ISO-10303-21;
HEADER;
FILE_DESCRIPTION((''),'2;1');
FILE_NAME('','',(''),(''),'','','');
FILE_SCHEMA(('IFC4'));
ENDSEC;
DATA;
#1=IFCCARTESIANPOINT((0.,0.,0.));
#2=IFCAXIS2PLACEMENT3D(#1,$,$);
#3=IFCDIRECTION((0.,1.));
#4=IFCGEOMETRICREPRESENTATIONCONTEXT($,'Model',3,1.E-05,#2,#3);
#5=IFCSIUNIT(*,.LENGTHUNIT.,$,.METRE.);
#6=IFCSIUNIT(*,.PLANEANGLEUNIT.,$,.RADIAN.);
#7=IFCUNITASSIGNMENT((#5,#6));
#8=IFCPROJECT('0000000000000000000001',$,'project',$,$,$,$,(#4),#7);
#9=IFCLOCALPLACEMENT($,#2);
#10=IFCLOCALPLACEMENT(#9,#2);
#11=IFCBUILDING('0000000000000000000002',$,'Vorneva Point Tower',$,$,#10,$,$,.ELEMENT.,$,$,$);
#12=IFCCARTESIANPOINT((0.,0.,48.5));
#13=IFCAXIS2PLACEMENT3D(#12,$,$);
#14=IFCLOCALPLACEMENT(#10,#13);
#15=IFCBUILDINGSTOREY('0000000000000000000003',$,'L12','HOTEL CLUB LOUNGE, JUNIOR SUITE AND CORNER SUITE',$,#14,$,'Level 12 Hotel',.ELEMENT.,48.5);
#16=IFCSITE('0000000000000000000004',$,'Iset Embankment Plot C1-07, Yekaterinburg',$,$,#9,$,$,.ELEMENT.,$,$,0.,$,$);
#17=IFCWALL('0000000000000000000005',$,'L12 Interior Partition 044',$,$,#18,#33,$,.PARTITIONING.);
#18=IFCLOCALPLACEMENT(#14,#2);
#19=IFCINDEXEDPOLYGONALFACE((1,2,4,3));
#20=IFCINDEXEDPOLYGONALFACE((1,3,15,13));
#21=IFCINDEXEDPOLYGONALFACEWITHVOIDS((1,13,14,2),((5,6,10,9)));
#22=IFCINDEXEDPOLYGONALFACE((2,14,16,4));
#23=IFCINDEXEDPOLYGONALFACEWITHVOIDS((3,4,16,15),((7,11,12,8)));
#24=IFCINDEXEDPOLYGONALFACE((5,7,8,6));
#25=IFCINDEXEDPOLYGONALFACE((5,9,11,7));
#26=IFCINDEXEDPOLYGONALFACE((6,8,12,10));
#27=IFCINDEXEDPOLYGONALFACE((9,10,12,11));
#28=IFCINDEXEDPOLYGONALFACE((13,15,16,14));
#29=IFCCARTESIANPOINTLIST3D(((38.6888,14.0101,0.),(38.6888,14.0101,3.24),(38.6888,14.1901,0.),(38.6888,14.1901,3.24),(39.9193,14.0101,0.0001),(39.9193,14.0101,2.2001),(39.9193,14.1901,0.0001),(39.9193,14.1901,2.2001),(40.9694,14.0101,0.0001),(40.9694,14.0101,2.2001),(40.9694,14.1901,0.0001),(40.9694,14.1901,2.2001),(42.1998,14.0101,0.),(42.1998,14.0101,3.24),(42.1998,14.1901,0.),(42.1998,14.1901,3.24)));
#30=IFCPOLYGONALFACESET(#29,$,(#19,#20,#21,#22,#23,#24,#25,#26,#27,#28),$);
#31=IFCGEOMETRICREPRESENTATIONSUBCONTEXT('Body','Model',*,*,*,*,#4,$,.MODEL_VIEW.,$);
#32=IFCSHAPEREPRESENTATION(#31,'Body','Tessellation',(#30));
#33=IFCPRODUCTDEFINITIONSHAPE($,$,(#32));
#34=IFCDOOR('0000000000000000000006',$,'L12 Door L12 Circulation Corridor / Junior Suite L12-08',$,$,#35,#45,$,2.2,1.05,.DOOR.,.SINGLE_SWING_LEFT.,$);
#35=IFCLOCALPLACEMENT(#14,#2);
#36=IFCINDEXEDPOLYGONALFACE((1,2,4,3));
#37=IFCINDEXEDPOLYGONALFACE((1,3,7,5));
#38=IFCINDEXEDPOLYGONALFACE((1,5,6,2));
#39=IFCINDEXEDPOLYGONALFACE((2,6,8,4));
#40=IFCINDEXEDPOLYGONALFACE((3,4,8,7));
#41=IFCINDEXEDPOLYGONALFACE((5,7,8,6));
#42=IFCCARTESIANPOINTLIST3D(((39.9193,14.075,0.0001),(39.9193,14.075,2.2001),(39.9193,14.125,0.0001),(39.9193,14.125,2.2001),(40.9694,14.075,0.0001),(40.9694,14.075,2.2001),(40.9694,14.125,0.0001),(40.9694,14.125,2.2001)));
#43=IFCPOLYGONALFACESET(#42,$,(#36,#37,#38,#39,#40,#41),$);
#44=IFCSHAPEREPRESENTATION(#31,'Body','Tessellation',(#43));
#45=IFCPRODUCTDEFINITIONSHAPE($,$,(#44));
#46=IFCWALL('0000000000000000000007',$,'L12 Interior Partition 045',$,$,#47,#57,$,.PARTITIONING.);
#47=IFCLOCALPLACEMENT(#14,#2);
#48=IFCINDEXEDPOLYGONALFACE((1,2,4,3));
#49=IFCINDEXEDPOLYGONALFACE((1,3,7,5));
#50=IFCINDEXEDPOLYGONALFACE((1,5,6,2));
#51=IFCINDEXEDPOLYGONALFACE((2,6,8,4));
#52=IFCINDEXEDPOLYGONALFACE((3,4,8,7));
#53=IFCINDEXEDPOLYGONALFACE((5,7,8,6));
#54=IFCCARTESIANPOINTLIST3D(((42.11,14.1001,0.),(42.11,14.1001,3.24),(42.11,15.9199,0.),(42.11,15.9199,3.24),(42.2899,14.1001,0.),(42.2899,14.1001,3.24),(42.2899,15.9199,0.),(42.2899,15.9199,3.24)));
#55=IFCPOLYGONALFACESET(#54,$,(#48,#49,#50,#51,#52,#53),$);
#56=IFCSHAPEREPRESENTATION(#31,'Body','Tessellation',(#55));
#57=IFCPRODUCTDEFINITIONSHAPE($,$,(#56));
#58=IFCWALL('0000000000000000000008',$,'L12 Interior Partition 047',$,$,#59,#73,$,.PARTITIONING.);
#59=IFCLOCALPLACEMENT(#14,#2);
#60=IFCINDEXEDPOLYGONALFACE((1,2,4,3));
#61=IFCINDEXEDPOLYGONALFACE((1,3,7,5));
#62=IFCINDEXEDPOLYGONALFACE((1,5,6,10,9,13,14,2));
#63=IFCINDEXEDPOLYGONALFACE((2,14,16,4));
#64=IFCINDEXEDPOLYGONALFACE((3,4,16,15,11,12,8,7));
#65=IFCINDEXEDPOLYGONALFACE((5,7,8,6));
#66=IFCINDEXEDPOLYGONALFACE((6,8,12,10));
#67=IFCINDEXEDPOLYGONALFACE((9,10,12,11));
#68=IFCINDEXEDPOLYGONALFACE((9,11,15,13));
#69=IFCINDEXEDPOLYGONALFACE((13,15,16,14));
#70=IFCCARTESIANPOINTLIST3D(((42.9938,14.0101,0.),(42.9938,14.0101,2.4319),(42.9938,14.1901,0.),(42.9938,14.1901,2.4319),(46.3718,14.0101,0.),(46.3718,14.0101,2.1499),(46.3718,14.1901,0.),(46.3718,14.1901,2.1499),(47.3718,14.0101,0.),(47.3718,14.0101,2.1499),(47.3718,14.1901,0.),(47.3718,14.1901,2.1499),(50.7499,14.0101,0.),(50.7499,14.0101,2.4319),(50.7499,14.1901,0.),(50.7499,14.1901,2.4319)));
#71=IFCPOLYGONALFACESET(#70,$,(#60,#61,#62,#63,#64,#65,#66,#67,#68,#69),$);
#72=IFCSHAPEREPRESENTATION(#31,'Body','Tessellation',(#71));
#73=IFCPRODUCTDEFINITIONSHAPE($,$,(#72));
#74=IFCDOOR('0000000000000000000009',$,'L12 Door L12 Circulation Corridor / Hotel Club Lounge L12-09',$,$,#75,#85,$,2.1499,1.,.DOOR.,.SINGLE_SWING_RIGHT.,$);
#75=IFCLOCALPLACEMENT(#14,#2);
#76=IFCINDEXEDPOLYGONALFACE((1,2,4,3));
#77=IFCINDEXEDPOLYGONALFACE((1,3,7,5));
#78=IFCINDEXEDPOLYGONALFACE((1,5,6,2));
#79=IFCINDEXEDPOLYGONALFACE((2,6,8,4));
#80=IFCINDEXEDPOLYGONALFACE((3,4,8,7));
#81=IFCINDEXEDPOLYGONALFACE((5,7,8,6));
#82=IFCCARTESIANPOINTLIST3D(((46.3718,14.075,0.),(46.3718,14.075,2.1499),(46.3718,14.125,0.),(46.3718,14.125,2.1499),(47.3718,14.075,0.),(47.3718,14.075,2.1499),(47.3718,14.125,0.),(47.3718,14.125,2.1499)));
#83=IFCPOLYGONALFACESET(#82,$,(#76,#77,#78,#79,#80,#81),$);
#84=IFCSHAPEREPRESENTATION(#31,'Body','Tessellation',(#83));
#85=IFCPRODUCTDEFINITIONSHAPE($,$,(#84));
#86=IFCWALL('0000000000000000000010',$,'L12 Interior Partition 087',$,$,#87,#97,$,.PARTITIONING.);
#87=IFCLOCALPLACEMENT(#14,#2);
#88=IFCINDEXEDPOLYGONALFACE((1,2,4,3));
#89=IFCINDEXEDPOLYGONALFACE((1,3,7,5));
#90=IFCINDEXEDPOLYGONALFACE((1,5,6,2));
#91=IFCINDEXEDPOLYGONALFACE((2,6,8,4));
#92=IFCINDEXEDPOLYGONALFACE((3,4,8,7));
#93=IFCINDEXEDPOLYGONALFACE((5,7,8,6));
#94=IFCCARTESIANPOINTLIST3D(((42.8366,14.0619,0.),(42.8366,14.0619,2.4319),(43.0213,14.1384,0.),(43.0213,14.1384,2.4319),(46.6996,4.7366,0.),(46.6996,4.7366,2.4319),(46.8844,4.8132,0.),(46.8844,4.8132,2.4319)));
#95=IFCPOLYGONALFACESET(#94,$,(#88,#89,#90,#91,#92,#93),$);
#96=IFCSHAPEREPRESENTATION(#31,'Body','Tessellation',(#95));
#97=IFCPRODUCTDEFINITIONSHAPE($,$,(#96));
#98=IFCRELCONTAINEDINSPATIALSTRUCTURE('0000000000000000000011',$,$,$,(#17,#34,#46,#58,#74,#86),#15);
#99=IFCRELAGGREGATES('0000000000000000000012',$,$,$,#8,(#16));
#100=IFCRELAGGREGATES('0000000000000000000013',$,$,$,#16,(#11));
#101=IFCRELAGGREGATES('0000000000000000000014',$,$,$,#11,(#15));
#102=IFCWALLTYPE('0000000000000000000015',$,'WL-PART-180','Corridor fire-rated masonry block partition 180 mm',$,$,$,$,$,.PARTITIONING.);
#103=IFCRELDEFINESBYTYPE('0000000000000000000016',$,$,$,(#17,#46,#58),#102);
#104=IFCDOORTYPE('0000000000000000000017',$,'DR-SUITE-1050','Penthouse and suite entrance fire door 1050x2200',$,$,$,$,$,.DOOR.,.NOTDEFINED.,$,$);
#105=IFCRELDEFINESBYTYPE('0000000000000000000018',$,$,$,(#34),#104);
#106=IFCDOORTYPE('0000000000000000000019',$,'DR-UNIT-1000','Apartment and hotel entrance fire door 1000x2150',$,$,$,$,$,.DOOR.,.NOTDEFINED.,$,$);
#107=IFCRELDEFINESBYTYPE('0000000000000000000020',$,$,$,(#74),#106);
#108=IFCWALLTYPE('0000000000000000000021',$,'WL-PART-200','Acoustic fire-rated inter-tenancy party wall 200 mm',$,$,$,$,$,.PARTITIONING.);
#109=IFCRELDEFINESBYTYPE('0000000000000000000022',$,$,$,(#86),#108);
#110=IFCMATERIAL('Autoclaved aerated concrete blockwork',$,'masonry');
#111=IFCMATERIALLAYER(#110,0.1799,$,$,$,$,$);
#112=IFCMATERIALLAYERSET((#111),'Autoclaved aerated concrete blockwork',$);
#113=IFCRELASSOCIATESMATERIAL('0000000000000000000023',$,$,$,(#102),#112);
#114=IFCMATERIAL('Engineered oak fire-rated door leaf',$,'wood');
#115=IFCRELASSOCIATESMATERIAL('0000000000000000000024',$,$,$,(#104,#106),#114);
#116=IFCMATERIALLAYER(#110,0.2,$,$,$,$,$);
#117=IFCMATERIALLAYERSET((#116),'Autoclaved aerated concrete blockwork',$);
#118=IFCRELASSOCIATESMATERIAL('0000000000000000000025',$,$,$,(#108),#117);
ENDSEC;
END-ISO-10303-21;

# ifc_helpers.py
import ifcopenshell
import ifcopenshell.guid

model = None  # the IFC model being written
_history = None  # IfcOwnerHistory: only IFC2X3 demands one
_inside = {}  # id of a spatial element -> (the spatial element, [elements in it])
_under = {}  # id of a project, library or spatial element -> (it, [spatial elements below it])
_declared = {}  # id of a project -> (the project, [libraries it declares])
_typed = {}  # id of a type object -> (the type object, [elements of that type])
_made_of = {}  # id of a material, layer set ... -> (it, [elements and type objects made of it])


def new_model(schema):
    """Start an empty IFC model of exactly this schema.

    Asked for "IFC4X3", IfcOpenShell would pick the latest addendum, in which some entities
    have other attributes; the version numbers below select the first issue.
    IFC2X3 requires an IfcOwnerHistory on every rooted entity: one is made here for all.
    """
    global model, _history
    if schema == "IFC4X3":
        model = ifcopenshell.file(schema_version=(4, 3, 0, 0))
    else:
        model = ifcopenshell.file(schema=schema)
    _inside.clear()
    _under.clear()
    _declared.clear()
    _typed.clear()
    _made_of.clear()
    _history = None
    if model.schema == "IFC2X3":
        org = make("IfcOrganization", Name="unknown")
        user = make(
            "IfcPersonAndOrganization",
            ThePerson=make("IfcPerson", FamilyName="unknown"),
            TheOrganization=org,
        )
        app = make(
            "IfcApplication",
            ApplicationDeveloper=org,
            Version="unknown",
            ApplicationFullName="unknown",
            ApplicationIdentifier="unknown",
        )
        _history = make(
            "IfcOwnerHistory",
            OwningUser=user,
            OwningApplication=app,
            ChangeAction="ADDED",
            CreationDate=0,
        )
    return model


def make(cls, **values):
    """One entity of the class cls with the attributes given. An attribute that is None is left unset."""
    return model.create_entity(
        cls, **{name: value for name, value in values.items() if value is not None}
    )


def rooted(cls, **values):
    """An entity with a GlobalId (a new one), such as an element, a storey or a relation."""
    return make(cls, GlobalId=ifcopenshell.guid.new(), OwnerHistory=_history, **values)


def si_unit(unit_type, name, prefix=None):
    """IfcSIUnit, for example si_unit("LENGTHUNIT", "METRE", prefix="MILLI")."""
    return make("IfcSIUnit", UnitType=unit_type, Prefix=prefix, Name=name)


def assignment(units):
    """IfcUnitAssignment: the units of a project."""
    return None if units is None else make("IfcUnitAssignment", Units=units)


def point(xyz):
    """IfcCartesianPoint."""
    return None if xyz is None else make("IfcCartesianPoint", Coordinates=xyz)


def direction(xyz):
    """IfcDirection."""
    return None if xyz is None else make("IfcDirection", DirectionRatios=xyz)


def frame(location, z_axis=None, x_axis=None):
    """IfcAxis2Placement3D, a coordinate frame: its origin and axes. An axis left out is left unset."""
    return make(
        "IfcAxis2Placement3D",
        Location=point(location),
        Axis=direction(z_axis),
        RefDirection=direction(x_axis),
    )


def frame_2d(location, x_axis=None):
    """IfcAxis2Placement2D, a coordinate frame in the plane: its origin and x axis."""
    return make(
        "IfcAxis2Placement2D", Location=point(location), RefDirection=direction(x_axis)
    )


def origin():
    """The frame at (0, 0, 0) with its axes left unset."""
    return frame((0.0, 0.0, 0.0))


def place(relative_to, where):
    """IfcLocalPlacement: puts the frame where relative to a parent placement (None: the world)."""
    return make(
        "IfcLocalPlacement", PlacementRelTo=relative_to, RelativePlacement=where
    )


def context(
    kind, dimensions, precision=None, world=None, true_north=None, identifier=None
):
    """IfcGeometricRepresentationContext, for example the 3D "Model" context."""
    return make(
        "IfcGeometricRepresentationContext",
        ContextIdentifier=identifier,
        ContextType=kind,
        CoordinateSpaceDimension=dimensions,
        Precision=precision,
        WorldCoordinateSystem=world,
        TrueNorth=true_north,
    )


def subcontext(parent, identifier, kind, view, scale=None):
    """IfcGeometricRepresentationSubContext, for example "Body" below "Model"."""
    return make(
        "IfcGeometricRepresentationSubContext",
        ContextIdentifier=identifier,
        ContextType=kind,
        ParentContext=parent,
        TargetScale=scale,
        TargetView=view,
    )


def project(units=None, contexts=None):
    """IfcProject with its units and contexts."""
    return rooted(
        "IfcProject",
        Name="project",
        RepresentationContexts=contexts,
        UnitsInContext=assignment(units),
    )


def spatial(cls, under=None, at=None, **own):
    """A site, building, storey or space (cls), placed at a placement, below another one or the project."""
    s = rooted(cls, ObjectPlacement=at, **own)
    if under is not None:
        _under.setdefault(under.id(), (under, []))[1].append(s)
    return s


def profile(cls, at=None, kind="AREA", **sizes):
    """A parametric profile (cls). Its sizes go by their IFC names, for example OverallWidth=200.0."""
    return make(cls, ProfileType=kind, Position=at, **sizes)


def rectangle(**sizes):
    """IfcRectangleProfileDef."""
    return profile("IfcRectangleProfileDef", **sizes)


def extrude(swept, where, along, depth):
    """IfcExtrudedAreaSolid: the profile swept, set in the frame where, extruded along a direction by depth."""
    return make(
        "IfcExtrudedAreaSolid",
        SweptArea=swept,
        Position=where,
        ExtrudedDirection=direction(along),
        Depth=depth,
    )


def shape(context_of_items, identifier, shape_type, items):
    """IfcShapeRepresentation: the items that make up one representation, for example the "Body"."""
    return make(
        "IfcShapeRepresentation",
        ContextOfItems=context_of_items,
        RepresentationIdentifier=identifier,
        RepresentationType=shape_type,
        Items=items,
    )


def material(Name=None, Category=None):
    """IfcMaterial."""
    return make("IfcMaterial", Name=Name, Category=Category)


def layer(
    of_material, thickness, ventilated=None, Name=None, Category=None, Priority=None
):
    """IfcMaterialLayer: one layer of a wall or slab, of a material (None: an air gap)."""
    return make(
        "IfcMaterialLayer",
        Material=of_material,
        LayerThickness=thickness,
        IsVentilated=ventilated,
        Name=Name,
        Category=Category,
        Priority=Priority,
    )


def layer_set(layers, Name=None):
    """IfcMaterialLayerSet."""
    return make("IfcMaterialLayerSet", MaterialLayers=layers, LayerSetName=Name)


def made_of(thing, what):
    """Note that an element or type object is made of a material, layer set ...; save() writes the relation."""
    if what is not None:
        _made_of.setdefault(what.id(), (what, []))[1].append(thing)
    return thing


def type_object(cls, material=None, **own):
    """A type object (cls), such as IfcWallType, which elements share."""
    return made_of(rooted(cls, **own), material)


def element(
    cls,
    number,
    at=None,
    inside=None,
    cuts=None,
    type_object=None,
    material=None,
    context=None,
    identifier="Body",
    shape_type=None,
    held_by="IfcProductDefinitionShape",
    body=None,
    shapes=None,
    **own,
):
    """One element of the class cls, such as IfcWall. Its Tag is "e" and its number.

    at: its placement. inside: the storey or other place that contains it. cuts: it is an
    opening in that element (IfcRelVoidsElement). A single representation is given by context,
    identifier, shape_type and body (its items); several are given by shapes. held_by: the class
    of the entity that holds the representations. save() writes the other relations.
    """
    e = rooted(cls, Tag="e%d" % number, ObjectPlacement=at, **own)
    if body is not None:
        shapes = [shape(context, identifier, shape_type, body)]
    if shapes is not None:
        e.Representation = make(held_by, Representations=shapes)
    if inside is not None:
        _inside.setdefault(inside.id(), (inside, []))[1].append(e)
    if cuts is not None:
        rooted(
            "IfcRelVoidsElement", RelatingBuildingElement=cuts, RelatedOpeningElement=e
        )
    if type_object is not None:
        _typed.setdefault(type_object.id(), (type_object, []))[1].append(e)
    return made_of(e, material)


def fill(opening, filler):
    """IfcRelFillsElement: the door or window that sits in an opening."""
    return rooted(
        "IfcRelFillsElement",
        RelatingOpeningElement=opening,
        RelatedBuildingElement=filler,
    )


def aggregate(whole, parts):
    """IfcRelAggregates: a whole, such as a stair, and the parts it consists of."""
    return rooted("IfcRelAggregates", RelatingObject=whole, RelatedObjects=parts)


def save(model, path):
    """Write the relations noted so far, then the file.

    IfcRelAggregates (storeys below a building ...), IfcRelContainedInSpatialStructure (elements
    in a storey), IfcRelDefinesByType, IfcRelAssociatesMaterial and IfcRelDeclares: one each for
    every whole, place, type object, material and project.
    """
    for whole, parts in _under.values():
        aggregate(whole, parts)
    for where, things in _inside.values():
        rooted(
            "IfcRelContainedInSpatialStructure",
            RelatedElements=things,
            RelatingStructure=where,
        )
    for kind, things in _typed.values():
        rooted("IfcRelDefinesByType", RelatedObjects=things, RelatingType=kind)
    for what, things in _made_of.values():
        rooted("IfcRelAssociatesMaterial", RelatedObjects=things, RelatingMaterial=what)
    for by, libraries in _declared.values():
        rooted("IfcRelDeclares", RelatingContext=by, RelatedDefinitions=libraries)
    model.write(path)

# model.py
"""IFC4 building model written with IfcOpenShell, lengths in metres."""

from ifc_helpers import new_model, si_unit, direction, frame, frame_2d, origin, place, context, subcontext, project, spatial, rectangle, extrude, material, layer, layer_set, type_object, element, fill, save


model = new_model("IFC4")

# Units and contexts
model_context = context("Model", 3, precision=1e-05, world=origin(), true_north=direction((0.0, 1.0)))
body_context = subcontext(model_context, "Body", "Model", "MODEL_VIEW")
ifc_project = project(units=[si_unit("LENGTHUNIT", "METRE"), si_unit("PLANEANGLEUNIT", "RADIAN")], contexts=[model_context])

# Site, building, storey
site_placement = place(None, origin())
site = spatial("IfcSite", under=ifc_project, at=site_placement, Name="Iset Embankment Plot C1-07, Yekaterinburg", CompositionType="ELEMENT", RefElevation=0.0)
building_placement = place(site_placement, origin())
building = spatial("IfcBuilding", under=site, at=building_placement, Name="Vorneva Point Tower", CompositionType="ELEMENT")
storey_placement = place(building_placement, frame((0.0, 0.0, 48.5)))
storey = spatial("IfcBuildingStorey", under=building, at=storey_placement, Name="L12", Description="HOTEL CLUB LOUNGE, JUNIOR SUITE AND CORNER SUITE", LongName="Level 12 Hotel", CompositionType="ELEMENT", Elevation=48.5)

# Shared definitions
ifc_material_1 = material(Name="Engineered oak fire-rated door leaf", Category="wood")
ifc_material_2 = material(Name="Autoclaved aerated concrete blockwork", Category="masonry")
ifc_layer_1 = layer(ifc_material_2, 0.1799)
ifc_layer_set_1 = layer_set([ifc_layer_1], Name="Autoclaved aerated concrete blockwork")
wall_type_1 = type_object("IfcWallType", Name="WL-PART-180", Description="Corridor fire-rated masonry block partition 180 mm", PredefinedType="PARTITIONING", material=ifc_layer_set_1)

# Wall, opening, door
wall_1_placement = place(storey_placement, frame((38.689, 14.1001, 0.0), z_axis=(0.0, 0.0, 1.0), x_axis=(1.0, 0.0, 0.0)))
wall_1 = element("IfcWall", 1, at=wall_1_placement, inside=storey, type_object=wall_type_1, Name="L12 Interior Partition 044", PredefinedType="PARTITIONING", context=body_context, shape_type="SweptSolid", body=[
    extrude(rectangle(XDim=3.511, YDim=0.1799, at=frame_2d((1.7554, 0.0))), origin(), (0.0, 0.0, 1.0), 3.24),
])
opening_1_placement = place(wall_1_placement, frame((1.2305, 0.0, 0.0)))
opening_1 = element("IfcOpeningElement", 2, at=opening_1_placement, cuts=wall_1, PredefinedType="OPENING", context=body_context, shape_type="SweptSolid", body=[
    extrude(rectangle(XDim=1.05, YDim=2.2, at=frame_2d((0.5249, 1.1001))), frame((0.0, 0.105, 0.0), z_axis=(0.0, -1.0, 0.0), x_axis=(1.0, 0.0, 0.0)), (0.0, 0.0, 1.0), 0.2097),
])
door_type_1 = type_object("IfcDoorType", Name="DR-SUITE-1050", Description="Penthouse and suite entrance fire door 1050x2200", OperationType="NOTDEFINED", PredefinedType="DOOR", material=ifc_material_1)
door_1_placement = place(opening_1_placement, origin())
door_1 = element("IfcDoor", 3, at=door_1_placement, inside=storey, type_object=door_type_1, Name="L12 Door L12 Circulation Corridor / Junior Suite L12-08", OperationType="SINGLE_SWING_LEFT", OverallHeight=2.2, OverallWidth=1.05, PredefinedType="DOOR", context=body_context, shape_type="SweptSolid", body=[
    extrude(rectangle(XDim=1.05, YDim=2.2, at=frame_2d((0.5249, 1.1001))), frame((0.0, 0.0249, 0.0), z_axis=(0.0, -1.0, 0.0), x_axis=(1.0, 0.0, 0.0)), (0.0, 0.0, 1.0), 0.05),
])
fill(opening_1, door_1)

# Wall
wall_2_placement = place(storey_placement, frame((42.2, 14.1001, 0.0), z_axis=(0.0, 0.0, 1.0), x_axis=(0.0, 1.0, 0.0)))
element("IfcWall", 4, at=wall_2_placement, inside=storey, type_object=wall_type_1, Name="L12 Interior Partition 045", PredefinedType="PARTITIONING", context=body_context, shape_type="SweptSolid", body=[
    extrude(rectangle(XDim=1.8198, YDim=0.1799, at=frame_2d((0.9099, 0.0))), origin(), (0.0, 0.0, 1.0), 3.24),
])

# Wall, opening, door
wall_3_placement = place(storey_placement, frame((42.9939, 14.1001, 0.0), z_axis=(0.0, 0.0, 1.0), x_axis=(1.0, 0.0, 0.0)))
wall_3 = element("IfcWall", 5, at=wall_3_placement, inside=storey, type_object=wall_type_1, Name="L12 Interior Partition 047", PredefinedType="PARTITIONING", context=body_context, shape_type="SweptSolid", body=[
    extrude(rectangle(XDim=7.7561, YDim=0.1799, at=frame_2d((3.8779, 0.0))), origin(), (0.0, 0.0, 1.0), 2.4319),
])
opening_2_placement = place(wall_3_placement, frame((3.3779, 0.0, 0.0)))
opening_2 = element("IfcOpeningElement", 6, at=opening_2_placement, cuts=wall_3, PredefinedType="OPENING", context=body_context, shape_type="SweptSolid", body=[
    extrude(rectangle(XDim=1.0, YDim=2.1499, at=frame_2d((0.5, 1.075))), frame((0.0, 0.105, 0.0), z_axis=(0.0, -1.0, 0.0), x_axis=(1.0, 0.0, 0.0)), (0.0, 0.0, 1.0), 0.2097),
])
door_type_2 = type_object("IfcDoorType", Name="DR-UNIT-1000", Description="Apartment and hotel entrance fire door 1000x2150", OperationType="NOTDEFINED", PredefinedType="DOOR", material=ifc_material_1)
door_2_placement = place(opening_2_placement, origin())
door_2 = element("IfcDoor", 7, at=door_2_placement, inside=storey, type_object=door_type_2, Name="L12 Door L12 Circulation Corridor / Hotel Club Lounge L12-09", OperationType="SINGLE_SWING_RIGHT", OverallHeight=2.1499, OverallWidth=1.0, PredefinedType="DOOR", context=body_context, shape_type="SweptSolid", body=[
    extrude(rectangle(XDim=1.0, YDim=2.1499, at=frame_2d((0.5, 1.075))), frame((0.0, 0.0249, 0.0), z_axis=(0.0, -1.0, 0.0), x_axis=(1.0, 0.0, 0.0)), (0.0, 0.0, 1.0), 0.05),
])
fill(opening_2, door_2)

# Wall
ifc_layer_2 = layer(ifc_material_2, 0.2)
ifc_layer_set_2 = layer_set([ifc_layer_2], Name="Autoclaved aerated concrete blockwork")
wall_type_2 = type_object("IfcWallType", Name="WL-PART-200", Description="Acoustic fire-rated inter-tenancy party wall 200 mm", PredefinedType="PARTITIONING", material=ifc_layer_set_2)
wall_4_placement = place(storey_placement, frame((46.792, 4.7749, 0.0), z_axis=(0.0, 0.0, 1.0), x_axis=(-0.382719, 0.923865, 0.0)))
element("IfcWall", 8, at=wall_4_placement, inside=storey, type_object=wall_type_2, Name="L12 Interior Partition 087", PredefinedType="PARTITIONING", context=body_context, shape_type="SweptSolid", body=[
    extrude(rectangle(XDim=10.0938, YDim=0.2, at=frame_2d((5.0469, 0.0))), origin(), (0.0, 0.0, 1.0), 2.4319),
])

save(model, "model.ifc")
